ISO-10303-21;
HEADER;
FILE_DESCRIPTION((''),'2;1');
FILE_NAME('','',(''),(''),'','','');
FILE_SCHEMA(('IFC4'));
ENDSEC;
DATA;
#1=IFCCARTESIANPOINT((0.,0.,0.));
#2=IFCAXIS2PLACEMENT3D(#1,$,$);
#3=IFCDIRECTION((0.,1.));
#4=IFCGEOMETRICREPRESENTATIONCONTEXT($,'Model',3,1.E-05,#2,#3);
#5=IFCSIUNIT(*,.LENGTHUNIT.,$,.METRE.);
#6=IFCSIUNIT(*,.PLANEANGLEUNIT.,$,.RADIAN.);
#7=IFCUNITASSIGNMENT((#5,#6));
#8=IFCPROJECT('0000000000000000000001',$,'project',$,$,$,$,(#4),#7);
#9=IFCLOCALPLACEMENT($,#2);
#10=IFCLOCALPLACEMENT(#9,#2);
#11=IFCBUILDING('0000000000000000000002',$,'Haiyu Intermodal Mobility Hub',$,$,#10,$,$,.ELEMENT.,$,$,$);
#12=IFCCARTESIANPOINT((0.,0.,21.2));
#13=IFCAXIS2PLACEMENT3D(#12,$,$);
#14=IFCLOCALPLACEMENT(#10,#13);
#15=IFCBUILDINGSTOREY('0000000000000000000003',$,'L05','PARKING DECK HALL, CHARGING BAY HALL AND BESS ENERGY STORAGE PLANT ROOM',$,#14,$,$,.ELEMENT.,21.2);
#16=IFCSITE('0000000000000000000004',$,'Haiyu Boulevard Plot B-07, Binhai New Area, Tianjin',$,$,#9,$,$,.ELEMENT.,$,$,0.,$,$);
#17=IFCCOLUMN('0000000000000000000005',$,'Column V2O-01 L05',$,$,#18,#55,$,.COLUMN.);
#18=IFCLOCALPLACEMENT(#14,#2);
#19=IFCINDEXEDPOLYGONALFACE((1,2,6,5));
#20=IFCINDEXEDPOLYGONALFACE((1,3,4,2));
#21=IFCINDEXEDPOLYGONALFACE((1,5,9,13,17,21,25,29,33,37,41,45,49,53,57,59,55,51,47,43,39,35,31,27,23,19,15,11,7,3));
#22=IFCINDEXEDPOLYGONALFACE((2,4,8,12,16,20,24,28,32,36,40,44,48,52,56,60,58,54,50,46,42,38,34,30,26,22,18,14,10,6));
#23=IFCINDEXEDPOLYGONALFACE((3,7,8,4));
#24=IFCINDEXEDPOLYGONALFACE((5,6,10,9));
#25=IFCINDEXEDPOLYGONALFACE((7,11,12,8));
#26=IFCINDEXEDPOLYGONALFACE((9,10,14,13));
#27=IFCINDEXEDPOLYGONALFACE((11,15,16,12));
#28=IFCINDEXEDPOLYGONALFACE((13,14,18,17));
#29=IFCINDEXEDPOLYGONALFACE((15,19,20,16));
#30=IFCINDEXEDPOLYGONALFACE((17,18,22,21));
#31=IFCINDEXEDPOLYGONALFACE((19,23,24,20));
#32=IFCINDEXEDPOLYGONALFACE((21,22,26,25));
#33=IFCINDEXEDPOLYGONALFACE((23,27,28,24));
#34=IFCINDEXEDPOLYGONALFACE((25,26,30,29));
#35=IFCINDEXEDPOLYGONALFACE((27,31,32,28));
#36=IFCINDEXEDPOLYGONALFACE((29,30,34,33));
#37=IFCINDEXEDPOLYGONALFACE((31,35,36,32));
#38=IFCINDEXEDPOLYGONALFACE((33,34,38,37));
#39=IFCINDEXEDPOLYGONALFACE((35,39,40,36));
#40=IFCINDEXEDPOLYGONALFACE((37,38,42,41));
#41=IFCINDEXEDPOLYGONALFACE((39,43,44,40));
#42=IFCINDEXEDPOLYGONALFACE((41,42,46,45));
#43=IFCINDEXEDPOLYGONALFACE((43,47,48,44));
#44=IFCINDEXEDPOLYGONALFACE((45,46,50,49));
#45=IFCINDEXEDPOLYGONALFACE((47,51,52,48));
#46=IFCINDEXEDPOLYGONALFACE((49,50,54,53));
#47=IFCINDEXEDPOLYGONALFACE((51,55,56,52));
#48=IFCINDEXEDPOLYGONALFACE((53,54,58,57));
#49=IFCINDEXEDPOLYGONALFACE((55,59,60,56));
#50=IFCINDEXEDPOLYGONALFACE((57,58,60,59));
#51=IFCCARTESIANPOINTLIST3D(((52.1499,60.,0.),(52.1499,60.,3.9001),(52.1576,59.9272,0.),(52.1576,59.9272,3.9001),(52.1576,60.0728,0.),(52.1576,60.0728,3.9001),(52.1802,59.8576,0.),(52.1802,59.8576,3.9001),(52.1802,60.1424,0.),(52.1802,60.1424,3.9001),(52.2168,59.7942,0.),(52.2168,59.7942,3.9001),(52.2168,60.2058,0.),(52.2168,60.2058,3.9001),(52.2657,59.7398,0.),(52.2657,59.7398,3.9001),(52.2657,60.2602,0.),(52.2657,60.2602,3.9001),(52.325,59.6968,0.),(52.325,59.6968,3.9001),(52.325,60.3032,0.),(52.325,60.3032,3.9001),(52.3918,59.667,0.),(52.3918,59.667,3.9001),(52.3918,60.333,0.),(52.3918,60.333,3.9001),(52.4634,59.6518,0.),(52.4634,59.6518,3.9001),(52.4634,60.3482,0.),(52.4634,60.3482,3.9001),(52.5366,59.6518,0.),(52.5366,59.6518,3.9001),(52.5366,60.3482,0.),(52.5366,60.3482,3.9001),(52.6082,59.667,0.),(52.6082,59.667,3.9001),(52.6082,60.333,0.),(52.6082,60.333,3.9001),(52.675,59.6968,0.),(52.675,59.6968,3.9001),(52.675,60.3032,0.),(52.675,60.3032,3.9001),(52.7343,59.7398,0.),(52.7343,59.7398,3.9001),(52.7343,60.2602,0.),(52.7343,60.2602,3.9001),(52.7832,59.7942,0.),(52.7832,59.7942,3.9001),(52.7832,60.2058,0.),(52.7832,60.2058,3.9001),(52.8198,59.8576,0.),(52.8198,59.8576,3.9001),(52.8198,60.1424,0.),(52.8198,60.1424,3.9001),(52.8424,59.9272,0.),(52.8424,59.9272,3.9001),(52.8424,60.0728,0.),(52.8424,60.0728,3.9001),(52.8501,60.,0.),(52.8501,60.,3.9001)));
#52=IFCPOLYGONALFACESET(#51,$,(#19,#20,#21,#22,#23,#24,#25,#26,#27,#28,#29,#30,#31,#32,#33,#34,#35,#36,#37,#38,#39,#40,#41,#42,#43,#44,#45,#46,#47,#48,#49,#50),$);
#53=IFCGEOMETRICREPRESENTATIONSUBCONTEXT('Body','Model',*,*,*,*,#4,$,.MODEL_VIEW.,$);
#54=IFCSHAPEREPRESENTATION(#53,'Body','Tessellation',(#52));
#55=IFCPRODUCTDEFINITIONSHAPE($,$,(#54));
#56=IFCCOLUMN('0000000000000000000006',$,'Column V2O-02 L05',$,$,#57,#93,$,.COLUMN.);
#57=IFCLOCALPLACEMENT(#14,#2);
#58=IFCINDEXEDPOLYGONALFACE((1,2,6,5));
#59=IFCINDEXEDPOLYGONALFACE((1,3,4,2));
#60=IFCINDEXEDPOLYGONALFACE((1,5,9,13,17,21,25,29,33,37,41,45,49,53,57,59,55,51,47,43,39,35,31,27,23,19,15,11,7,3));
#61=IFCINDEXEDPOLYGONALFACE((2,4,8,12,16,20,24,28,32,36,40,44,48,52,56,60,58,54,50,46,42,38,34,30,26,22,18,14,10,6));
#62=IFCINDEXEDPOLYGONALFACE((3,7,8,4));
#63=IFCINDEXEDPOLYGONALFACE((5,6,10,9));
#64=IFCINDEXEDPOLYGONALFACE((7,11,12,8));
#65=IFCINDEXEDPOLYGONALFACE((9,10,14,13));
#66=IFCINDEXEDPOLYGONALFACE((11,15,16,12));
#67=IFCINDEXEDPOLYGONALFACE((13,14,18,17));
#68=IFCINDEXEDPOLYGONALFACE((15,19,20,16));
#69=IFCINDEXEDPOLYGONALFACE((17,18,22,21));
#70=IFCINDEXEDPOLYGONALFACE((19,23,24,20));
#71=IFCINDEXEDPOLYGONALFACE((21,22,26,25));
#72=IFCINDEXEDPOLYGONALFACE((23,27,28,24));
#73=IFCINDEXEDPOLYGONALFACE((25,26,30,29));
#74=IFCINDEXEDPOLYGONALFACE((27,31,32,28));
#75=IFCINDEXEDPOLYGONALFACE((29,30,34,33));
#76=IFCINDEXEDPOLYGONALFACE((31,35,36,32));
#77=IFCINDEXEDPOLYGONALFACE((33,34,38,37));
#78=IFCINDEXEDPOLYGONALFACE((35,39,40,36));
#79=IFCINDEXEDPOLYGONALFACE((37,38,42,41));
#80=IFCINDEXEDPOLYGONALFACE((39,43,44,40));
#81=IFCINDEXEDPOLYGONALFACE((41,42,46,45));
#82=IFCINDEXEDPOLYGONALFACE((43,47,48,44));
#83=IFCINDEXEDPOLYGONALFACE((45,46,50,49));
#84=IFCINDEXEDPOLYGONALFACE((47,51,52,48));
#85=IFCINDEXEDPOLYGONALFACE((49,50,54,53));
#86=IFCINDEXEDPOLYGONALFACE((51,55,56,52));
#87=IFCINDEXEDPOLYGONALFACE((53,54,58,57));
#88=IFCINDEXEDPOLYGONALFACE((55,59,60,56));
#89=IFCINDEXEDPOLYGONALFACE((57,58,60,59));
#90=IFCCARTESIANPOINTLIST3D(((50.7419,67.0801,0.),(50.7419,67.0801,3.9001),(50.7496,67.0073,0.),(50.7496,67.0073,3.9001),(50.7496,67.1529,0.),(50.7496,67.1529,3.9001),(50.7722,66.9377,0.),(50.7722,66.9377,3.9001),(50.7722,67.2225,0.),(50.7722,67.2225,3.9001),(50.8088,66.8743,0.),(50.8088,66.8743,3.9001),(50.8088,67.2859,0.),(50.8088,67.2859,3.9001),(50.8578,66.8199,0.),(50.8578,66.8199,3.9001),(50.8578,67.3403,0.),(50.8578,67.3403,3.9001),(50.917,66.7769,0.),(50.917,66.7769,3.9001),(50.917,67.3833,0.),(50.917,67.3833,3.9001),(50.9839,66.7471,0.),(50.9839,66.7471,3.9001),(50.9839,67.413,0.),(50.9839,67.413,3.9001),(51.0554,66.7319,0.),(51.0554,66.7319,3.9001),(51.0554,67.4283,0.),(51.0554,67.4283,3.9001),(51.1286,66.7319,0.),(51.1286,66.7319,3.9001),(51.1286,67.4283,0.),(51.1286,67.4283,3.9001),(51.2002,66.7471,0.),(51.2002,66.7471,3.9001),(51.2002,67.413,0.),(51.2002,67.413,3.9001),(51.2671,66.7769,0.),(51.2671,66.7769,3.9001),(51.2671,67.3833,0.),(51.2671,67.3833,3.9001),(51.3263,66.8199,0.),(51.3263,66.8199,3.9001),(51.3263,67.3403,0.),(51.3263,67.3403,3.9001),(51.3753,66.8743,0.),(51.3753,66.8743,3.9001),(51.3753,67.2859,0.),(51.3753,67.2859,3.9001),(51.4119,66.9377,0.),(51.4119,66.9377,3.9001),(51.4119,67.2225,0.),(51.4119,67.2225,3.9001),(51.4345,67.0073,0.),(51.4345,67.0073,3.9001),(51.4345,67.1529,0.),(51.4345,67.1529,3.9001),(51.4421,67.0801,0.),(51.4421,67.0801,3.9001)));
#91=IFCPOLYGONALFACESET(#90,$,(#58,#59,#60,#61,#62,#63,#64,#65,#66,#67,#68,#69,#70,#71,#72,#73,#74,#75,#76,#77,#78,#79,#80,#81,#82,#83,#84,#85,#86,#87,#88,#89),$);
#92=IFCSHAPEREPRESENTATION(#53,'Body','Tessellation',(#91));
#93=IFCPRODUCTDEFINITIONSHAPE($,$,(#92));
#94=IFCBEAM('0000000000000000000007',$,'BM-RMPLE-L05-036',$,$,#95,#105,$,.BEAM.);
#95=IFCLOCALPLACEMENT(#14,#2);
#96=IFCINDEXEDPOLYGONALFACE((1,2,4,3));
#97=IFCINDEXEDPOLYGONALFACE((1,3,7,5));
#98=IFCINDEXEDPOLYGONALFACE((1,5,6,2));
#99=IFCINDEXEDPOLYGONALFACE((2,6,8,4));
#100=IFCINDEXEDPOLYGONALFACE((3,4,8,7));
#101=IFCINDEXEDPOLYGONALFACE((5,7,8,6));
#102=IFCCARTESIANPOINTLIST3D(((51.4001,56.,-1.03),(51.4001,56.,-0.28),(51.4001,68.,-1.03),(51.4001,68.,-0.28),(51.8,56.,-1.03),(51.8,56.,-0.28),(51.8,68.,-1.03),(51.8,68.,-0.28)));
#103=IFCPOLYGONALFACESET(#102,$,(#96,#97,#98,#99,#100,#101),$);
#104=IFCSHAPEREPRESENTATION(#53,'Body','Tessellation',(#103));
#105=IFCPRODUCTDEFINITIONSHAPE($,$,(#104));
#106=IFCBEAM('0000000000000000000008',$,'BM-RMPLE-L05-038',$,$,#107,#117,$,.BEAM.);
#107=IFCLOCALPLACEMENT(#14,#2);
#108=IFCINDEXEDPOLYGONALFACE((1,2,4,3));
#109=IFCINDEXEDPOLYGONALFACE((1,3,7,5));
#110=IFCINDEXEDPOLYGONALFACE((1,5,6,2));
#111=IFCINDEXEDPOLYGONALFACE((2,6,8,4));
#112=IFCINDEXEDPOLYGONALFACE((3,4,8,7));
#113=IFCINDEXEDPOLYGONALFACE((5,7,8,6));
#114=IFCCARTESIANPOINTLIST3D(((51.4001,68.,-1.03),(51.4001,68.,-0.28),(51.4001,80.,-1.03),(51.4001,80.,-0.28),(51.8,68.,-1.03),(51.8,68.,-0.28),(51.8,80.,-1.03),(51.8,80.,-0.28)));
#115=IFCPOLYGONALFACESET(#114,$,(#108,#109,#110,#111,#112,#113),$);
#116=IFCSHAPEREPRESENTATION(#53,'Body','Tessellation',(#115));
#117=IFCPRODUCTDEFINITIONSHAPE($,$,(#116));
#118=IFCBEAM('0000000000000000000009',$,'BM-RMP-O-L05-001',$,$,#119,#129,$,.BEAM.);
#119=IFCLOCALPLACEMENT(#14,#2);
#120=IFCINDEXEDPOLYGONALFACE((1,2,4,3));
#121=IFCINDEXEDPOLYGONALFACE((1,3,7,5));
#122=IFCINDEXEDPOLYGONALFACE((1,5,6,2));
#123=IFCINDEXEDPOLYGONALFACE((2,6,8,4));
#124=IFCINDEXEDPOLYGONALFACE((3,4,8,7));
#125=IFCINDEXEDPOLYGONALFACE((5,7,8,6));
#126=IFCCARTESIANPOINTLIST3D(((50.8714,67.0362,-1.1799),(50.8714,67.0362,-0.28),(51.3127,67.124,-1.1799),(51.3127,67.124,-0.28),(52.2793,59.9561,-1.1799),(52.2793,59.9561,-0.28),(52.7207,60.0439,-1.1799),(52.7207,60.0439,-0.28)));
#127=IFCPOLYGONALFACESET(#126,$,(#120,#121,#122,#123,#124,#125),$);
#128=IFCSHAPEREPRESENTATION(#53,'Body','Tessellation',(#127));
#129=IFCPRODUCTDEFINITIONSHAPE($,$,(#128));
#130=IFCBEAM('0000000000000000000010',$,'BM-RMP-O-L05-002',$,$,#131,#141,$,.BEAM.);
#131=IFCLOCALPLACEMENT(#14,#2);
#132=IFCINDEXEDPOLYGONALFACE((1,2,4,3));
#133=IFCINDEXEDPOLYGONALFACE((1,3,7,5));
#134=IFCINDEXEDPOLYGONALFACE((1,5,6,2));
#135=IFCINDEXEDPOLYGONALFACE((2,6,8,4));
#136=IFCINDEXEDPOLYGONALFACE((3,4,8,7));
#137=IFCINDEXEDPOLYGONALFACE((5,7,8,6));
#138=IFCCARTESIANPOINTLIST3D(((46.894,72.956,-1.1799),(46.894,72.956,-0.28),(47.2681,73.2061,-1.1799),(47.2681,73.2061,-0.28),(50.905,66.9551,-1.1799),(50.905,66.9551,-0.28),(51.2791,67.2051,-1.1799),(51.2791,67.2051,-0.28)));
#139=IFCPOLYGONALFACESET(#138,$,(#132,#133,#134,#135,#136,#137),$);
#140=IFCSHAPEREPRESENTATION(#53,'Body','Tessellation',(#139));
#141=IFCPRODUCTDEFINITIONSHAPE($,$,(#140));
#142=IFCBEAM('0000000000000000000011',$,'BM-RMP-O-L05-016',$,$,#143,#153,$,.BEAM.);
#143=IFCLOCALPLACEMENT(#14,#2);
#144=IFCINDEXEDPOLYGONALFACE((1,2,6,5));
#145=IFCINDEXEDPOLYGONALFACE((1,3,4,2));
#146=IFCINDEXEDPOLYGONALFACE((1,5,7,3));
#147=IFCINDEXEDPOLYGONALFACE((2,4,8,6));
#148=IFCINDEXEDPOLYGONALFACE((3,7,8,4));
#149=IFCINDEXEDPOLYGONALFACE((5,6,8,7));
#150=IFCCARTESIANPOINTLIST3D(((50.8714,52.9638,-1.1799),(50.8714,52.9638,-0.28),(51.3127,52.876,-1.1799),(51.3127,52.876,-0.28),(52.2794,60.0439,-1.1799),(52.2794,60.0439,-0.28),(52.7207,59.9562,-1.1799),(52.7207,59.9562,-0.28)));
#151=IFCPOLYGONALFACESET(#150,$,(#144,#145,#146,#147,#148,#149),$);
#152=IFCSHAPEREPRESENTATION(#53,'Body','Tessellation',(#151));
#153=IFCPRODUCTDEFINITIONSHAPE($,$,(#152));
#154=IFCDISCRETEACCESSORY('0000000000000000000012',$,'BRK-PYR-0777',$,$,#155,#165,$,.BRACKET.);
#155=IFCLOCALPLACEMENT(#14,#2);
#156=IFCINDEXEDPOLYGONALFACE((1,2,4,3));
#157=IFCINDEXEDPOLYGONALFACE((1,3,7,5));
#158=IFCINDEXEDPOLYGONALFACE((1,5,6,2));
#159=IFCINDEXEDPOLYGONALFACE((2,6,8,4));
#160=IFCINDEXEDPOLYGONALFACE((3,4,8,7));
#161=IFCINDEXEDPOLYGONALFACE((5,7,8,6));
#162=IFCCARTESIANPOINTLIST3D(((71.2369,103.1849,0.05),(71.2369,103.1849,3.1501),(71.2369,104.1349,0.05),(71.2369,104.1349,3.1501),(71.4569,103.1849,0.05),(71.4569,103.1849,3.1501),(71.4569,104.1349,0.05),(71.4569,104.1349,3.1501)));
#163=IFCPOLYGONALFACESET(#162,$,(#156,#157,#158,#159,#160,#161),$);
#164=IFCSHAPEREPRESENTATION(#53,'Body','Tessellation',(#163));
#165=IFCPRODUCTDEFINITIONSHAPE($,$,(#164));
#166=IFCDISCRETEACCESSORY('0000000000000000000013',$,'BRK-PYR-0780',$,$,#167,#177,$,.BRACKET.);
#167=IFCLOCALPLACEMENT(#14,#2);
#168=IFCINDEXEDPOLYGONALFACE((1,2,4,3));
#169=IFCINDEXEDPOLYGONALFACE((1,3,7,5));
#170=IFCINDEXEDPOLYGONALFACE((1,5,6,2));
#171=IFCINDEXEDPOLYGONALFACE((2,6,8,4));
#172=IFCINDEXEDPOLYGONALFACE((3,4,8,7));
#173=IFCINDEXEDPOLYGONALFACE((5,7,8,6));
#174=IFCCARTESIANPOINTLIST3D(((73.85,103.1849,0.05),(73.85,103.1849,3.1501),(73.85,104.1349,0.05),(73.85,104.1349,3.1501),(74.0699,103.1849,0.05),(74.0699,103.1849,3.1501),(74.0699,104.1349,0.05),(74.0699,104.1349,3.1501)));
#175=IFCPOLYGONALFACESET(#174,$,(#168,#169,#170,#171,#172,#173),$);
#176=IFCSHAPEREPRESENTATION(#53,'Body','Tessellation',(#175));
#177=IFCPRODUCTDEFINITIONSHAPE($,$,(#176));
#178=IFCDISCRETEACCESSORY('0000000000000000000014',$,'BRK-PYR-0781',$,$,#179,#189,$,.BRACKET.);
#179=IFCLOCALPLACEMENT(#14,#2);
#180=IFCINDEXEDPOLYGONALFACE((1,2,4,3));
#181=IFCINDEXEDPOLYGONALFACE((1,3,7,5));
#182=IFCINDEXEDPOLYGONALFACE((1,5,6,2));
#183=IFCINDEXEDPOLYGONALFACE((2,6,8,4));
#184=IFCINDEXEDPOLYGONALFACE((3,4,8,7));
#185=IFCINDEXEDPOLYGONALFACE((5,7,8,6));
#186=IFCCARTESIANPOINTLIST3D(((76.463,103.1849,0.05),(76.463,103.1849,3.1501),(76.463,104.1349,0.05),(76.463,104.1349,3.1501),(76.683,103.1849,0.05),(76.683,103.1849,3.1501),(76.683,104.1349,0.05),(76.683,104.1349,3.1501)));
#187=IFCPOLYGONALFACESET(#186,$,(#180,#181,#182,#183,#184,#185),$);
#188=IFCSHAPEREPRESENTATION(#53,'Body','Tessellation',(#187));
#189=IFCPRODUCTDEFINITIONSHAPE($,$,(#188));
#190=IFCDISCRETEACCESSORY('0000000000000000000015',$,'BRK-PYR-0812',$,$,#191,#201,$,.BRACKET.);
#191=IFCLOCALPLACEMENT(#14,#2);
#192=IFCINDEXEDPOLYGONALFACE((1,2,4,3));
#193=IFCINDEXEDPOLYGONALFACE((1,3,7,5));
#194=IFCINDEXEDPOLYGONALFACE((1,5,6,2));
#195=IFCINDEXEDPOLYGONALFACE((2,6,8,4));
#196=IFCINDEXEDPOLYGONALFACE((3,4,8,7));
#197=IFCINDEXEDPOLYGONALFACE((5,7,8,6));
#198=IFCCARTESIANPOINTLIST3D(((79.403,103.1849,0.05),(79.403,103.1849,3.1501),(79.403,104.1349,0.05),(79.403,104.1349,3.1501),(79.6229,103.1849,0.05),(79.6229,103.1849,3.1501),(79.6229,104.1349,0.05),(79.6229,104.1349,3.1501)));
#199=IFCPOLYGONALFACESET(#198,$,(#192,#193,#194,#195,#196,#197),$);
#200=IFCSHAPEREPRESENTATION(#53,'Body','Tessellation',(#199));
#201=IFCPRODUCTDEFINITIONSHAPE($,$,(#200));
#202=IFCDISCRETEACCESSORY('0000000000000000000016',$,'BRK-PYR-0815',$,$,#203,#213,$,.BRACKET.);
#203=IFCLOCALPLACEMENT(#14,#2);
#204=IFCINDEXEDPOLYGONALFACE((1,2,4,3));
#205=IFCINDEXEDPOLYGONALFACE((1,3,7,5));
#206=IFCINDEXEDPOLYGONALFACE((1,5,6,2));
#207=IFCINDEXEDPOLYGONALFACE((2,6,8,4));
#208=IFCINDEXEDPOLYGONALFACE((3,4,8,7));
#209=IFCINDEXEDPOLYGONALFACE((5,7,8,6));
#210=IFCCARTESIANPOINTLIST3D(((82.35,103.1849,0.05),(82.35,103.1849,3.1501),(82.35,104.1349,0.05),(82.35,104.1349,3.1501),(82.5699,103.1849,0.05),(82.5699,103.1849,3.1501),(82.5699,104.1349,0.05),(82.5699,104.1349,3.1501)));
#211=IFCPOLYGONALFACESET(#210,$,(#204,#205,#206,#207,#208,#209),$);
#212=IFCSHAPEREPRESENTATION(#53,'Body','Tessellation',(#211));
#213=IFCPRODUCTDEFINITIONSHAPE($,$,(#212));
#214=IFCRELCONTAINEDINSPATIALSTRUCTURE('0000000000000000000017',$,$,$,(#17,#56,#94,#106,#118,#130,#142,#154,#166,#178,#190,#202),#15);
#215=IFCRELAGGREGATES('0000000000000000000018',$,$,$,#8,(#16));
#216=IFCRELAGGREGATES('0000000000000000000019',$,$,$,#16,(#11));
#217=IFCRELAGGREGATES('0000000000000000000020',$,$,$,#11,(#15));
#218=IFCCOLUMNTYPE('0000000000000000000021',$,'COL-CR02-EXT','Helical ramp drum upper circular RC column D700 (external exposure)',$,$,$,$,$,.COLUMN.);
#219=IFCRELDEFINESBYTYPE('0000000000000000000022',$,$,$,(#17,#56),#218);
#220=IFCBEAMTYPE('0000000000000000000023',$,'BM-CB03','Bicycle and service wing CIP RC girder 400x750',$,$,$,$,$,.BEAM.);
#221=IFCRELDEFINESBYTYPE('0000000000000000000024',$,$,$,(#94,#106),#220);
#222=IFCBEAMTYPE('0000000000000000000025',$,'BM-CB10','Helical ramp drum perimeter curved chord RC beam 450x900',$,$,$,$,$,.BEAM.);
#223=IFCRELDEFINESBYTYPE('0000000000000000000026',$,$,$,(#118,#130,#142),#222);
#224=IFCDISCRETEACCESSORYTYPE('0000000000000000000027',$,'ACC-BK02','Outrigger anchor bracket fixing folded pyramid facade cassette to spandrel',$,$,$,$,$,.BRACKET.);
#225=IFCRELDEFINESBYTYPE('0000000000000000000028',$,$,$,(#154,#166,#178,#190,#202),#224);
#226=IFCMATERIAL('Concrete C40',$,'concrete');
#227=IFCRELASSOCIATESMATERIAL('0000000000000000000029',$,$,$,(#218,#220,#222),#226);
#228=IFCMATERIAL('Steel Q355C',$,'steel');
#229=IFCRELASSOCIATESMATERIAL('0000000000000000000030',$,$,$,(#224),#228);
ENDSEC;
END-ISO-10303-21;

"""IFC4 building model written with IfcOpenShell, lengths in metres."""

from ifc_helpers import new_model, si_unit, direction, frame, origin, origin_2d, place, context, subcontext, project, spatial, rectangle, circle, extrude, material, material_profile, profile_set, type_object, element, save


model = new_model("IFC4")

# Units and contexts
model_context = context("Model", 3, precision=1e-05, world=origin(), true_north=direction((0.0, 1.0)))
body_context = subcontext(model_context, "Body", "Model", "MODEL_VIEW")
ifc_project = project(units=[si_unit("LENGTHUNIT", "METRE"), si_unit("PLANEANGLEUNIT", "RADIAN")], contexts=[model_context])

# Site, building, storey
site_placement = place(None, origin())
site = spatial("IfcSite", under=ifc_project, at=site_placement, Name="Haiyu Boulevard Plot B-07, Binhai New Area, Tianjin", CompositionType="ELEMENT", RefElevation=0.0)
building_placement = place(site_placement, origin())
building = spatial("IfcBuilding", under=site, at=building_placement, Name="Haiyu Intermodal Mobility Hub", CompositionType="ELEMENT")
storey_placement = place(building_placement, frame((0.0, 0.0, 21.2)))
storey = spatial("IfcBuildingStorey", under=building, at=storey_placement, Name="L05", Description="PARKING DECK HALL, CHARGING BAY HALL AND BESS ENERGY STORAGE PLANT ROOM", CompositionType="ELEMENT", Elevation=21.2)

# Columns
ifc_material_1 = material(Name="Concrete C40", Category="concrete")
ifc_material_profile_1 = material_profile(ifc_material_1, circle(Radius=0.3501, at=origin_2d()), Name="RCCOL-D700")
ifc_profile_set_1 = profile_set([ifc_material_profile_1], Name="Concrete C40")
column_type = type_object("IfcColumnType", Name="COL-CR02-EXT", Description="Helical ramp drum upper circular RC column D700 (external exposure)", PredefinedType="COLUMN", material=ifc_profile_set_1)
for number, where, z_axis, x_axis, name in (
    (1, (52.5, 60.0, 0.0), (0.0, 0.0, 1.0), (1.0, 0.0, 0.0), "Column V2O-01 L05"),
    (2, (51.092, 67.0801, 0.0), (0.0, 0.0, 1.0), (1.0, 0.0, 0.0), "Column V2O-02 L05"),
):
    element("IfcColumn", number, at=place(storey_placement, frame(where, z_axis=z_axis, x_axis=x_axis)), inside=storey, type_object=column_type, Name=name, PredefinedType="COLUMN", context=body_context, shape_type="SweptSolid", body=[
        extrude(circle(Radius=0.3501, at=origin_2d()), origin(), (0.0, 0.0, 1.0), 3.9001),
    ])

# Beams
ifc_material_profile_2 = material_profile(ifc_material_1, rectangle(XDim=0.3999, YDim=0.75, at=origin_2d()), Name="RCB400x750")
ifc_profile_set_2 = profile_set([ifc_material_profile_2], Name="Concrete C40")
beam_type_1 = type_object("IfcBeamType", Name="BM-CB03", Description="Bicycle and service wing CIP RC girder 400x750", PredefinedType="BEAM", material=ifc_profile_set_2)
for number, where, z_axis, x_axis, name in (
    (3, (51.6001, 56.0, -0.655), (0.0, 1.0, 0.0), (-1.0, 0.0, 0.0), "BM-RMPLE-L05-036"),
    (4, (51.6001, 68.0, -0.655), (0.0, 1.0, 0.0), (-1.0, 0.0, 0.0), "BM-RMPLE-L05-038"),
):
    element("IfcBeam", number, at=place(storey_placement, frame(where, z_axis=z_axis, x_axis=x_axis)), inside=storey, type_object=beam_type_1, Name=name, PredefinedType="BEAM", context=body_context, shape_type="SweptSolid", body=[
        extrude(rectangle(XDim=0.3999, YDim=0.75, at=origin_2d()), origin(), (0.0, 0.0, 1.0), 12.0),
    ])
ifc_material_profile_3 = material_profile(ifc_material_1, rectangle(XDim=0.45, YDim=0.8999, at=origin_2d()), Name="RCB450x900")
ifc_profile_set_3 = profile_set([ifc_material_profile_3], Name="Concrete C40")
beam_type_2 = type_object("IfcBeamType", Name="BM-CB10", Description="Helical ramp drum perimeter curved chord RC beam 450x900", PredefinedType="BEAM", material=ifc_profile_set_3)
beam_1_placement = place(storey_placement, frame((52.5, 60.0, -0.73), z_axis=(-0.195043, 0.980795, 0.0), x_axis=(-0.980795, -0.195043, 0.0)))
element("IfcBeam", 5, at=beam_1_placement, inside=storey, type_object=beam_type_2, Name="BM-RMP-O-L05-001", PredefinedType="BEAM", context=body_context, shape_type="SweptSolid", body=[
    extrude(rectangle(XDim=0.45, YDim=0.8999, at=origin_2d()), origin(), (0.0, 0.0, 1.0), 7.2188),
])
beam_2_placement = place(storey_placement, frame((51.092, 67.0801, -0.73), z_axis=(-0.555691, 0.831389, 0.0), x_axis=(-0.831389, -0.555691, 0.0)))
element("IfcBeam", 6, at=beam_2_placement, inside=storey, type_object=beam_type_2, Name="BM-RMP-O-L05-002", PredefinedType="BEAM", context=body_context, shape_type="SweptSolid", body=[
    extrude(rectangle(XDim=0.45, YDim=0.8999, at=origin_2d()), origin(), (0.0, 0.0, 1.0), 7.218),
])
beam_3_placement = place(storey_placement, frame((51.092, 52.9199, -0.73), z_axis=(0.195043, 0.980795, 0.0), x_axis=(-0.980795, 0.195043, 0.0)))
element("IfcBeam", 7, at=beam_3_placement, inside=storey, type_object=beam_type_2, Name="BM-RMP-O-L05-016", PredefinedType="BEAM", context=body_context, shape_type="SweptSolid", body=[
    extrude(rectangle(XDim=0.45, YDim=0.8999, at=origin_2d()), origin(), (0.0, 0.0, 1.0), 7.2188),
])

# Discrete accessories
ifc_material_2 = material(Name="Steel Q355C", Category="steel")
discrete_accessory_type = type_object("IfcDiscreteAccessoryType", Name="ACC-BK02", Description="Outrigger anchor bracket fixing folded pyramid facade cassette to spandrel", PredefinedType="BRACKET", material=ifc_material_2)
for number, where, z_axis, x_axis, name in (
    (8, (71.3469, 103.6599, 0.05), (0.0, 0.0, 1.0), (1.0, 0.0, 0.0), "BRK-PYR-0777"),
    (9, (73.96, 103.6599, 0.05), (0.0, 0.0, 1.0), (1.0, 0.0, 0.0), "BRK-PYR-0780"),
    (10, (76.573, 103.6599, 0.05), (0.0, 0.0, 1.0), (1.0, 0.0, 0.0), "BRK-PYR-0781"),
    (11, (79.5129, 103.6599, 0.05), (0.0, 0.0, 1.0), (1.0, 0.0, 0.0), "BRK-PYR-0812"),
    (12, (82.46, 103.6599, 0.05), (0.0, 0.0, 1.0), (1.0, 0.0, 0.0), "BRK-PYR-0815"),
):
    element("IfcDiscreteAccessory", number, at=place(storey_placement, frame(where, z_axis=z_axis, x_axis=x_axis)), inside=storey, type_object=discrete_accessory_type, Name=name, PredefinedType="BRACKET", context=body_context, shape_type="SweptSolid", body=[
        extrude(rectangle(XDim=0.22, YDim=0.95, at=origin_2d()), origin(), (0.0, 0.0, 1.0), 3.1001),
    ])

save(model, "model.ifc")
